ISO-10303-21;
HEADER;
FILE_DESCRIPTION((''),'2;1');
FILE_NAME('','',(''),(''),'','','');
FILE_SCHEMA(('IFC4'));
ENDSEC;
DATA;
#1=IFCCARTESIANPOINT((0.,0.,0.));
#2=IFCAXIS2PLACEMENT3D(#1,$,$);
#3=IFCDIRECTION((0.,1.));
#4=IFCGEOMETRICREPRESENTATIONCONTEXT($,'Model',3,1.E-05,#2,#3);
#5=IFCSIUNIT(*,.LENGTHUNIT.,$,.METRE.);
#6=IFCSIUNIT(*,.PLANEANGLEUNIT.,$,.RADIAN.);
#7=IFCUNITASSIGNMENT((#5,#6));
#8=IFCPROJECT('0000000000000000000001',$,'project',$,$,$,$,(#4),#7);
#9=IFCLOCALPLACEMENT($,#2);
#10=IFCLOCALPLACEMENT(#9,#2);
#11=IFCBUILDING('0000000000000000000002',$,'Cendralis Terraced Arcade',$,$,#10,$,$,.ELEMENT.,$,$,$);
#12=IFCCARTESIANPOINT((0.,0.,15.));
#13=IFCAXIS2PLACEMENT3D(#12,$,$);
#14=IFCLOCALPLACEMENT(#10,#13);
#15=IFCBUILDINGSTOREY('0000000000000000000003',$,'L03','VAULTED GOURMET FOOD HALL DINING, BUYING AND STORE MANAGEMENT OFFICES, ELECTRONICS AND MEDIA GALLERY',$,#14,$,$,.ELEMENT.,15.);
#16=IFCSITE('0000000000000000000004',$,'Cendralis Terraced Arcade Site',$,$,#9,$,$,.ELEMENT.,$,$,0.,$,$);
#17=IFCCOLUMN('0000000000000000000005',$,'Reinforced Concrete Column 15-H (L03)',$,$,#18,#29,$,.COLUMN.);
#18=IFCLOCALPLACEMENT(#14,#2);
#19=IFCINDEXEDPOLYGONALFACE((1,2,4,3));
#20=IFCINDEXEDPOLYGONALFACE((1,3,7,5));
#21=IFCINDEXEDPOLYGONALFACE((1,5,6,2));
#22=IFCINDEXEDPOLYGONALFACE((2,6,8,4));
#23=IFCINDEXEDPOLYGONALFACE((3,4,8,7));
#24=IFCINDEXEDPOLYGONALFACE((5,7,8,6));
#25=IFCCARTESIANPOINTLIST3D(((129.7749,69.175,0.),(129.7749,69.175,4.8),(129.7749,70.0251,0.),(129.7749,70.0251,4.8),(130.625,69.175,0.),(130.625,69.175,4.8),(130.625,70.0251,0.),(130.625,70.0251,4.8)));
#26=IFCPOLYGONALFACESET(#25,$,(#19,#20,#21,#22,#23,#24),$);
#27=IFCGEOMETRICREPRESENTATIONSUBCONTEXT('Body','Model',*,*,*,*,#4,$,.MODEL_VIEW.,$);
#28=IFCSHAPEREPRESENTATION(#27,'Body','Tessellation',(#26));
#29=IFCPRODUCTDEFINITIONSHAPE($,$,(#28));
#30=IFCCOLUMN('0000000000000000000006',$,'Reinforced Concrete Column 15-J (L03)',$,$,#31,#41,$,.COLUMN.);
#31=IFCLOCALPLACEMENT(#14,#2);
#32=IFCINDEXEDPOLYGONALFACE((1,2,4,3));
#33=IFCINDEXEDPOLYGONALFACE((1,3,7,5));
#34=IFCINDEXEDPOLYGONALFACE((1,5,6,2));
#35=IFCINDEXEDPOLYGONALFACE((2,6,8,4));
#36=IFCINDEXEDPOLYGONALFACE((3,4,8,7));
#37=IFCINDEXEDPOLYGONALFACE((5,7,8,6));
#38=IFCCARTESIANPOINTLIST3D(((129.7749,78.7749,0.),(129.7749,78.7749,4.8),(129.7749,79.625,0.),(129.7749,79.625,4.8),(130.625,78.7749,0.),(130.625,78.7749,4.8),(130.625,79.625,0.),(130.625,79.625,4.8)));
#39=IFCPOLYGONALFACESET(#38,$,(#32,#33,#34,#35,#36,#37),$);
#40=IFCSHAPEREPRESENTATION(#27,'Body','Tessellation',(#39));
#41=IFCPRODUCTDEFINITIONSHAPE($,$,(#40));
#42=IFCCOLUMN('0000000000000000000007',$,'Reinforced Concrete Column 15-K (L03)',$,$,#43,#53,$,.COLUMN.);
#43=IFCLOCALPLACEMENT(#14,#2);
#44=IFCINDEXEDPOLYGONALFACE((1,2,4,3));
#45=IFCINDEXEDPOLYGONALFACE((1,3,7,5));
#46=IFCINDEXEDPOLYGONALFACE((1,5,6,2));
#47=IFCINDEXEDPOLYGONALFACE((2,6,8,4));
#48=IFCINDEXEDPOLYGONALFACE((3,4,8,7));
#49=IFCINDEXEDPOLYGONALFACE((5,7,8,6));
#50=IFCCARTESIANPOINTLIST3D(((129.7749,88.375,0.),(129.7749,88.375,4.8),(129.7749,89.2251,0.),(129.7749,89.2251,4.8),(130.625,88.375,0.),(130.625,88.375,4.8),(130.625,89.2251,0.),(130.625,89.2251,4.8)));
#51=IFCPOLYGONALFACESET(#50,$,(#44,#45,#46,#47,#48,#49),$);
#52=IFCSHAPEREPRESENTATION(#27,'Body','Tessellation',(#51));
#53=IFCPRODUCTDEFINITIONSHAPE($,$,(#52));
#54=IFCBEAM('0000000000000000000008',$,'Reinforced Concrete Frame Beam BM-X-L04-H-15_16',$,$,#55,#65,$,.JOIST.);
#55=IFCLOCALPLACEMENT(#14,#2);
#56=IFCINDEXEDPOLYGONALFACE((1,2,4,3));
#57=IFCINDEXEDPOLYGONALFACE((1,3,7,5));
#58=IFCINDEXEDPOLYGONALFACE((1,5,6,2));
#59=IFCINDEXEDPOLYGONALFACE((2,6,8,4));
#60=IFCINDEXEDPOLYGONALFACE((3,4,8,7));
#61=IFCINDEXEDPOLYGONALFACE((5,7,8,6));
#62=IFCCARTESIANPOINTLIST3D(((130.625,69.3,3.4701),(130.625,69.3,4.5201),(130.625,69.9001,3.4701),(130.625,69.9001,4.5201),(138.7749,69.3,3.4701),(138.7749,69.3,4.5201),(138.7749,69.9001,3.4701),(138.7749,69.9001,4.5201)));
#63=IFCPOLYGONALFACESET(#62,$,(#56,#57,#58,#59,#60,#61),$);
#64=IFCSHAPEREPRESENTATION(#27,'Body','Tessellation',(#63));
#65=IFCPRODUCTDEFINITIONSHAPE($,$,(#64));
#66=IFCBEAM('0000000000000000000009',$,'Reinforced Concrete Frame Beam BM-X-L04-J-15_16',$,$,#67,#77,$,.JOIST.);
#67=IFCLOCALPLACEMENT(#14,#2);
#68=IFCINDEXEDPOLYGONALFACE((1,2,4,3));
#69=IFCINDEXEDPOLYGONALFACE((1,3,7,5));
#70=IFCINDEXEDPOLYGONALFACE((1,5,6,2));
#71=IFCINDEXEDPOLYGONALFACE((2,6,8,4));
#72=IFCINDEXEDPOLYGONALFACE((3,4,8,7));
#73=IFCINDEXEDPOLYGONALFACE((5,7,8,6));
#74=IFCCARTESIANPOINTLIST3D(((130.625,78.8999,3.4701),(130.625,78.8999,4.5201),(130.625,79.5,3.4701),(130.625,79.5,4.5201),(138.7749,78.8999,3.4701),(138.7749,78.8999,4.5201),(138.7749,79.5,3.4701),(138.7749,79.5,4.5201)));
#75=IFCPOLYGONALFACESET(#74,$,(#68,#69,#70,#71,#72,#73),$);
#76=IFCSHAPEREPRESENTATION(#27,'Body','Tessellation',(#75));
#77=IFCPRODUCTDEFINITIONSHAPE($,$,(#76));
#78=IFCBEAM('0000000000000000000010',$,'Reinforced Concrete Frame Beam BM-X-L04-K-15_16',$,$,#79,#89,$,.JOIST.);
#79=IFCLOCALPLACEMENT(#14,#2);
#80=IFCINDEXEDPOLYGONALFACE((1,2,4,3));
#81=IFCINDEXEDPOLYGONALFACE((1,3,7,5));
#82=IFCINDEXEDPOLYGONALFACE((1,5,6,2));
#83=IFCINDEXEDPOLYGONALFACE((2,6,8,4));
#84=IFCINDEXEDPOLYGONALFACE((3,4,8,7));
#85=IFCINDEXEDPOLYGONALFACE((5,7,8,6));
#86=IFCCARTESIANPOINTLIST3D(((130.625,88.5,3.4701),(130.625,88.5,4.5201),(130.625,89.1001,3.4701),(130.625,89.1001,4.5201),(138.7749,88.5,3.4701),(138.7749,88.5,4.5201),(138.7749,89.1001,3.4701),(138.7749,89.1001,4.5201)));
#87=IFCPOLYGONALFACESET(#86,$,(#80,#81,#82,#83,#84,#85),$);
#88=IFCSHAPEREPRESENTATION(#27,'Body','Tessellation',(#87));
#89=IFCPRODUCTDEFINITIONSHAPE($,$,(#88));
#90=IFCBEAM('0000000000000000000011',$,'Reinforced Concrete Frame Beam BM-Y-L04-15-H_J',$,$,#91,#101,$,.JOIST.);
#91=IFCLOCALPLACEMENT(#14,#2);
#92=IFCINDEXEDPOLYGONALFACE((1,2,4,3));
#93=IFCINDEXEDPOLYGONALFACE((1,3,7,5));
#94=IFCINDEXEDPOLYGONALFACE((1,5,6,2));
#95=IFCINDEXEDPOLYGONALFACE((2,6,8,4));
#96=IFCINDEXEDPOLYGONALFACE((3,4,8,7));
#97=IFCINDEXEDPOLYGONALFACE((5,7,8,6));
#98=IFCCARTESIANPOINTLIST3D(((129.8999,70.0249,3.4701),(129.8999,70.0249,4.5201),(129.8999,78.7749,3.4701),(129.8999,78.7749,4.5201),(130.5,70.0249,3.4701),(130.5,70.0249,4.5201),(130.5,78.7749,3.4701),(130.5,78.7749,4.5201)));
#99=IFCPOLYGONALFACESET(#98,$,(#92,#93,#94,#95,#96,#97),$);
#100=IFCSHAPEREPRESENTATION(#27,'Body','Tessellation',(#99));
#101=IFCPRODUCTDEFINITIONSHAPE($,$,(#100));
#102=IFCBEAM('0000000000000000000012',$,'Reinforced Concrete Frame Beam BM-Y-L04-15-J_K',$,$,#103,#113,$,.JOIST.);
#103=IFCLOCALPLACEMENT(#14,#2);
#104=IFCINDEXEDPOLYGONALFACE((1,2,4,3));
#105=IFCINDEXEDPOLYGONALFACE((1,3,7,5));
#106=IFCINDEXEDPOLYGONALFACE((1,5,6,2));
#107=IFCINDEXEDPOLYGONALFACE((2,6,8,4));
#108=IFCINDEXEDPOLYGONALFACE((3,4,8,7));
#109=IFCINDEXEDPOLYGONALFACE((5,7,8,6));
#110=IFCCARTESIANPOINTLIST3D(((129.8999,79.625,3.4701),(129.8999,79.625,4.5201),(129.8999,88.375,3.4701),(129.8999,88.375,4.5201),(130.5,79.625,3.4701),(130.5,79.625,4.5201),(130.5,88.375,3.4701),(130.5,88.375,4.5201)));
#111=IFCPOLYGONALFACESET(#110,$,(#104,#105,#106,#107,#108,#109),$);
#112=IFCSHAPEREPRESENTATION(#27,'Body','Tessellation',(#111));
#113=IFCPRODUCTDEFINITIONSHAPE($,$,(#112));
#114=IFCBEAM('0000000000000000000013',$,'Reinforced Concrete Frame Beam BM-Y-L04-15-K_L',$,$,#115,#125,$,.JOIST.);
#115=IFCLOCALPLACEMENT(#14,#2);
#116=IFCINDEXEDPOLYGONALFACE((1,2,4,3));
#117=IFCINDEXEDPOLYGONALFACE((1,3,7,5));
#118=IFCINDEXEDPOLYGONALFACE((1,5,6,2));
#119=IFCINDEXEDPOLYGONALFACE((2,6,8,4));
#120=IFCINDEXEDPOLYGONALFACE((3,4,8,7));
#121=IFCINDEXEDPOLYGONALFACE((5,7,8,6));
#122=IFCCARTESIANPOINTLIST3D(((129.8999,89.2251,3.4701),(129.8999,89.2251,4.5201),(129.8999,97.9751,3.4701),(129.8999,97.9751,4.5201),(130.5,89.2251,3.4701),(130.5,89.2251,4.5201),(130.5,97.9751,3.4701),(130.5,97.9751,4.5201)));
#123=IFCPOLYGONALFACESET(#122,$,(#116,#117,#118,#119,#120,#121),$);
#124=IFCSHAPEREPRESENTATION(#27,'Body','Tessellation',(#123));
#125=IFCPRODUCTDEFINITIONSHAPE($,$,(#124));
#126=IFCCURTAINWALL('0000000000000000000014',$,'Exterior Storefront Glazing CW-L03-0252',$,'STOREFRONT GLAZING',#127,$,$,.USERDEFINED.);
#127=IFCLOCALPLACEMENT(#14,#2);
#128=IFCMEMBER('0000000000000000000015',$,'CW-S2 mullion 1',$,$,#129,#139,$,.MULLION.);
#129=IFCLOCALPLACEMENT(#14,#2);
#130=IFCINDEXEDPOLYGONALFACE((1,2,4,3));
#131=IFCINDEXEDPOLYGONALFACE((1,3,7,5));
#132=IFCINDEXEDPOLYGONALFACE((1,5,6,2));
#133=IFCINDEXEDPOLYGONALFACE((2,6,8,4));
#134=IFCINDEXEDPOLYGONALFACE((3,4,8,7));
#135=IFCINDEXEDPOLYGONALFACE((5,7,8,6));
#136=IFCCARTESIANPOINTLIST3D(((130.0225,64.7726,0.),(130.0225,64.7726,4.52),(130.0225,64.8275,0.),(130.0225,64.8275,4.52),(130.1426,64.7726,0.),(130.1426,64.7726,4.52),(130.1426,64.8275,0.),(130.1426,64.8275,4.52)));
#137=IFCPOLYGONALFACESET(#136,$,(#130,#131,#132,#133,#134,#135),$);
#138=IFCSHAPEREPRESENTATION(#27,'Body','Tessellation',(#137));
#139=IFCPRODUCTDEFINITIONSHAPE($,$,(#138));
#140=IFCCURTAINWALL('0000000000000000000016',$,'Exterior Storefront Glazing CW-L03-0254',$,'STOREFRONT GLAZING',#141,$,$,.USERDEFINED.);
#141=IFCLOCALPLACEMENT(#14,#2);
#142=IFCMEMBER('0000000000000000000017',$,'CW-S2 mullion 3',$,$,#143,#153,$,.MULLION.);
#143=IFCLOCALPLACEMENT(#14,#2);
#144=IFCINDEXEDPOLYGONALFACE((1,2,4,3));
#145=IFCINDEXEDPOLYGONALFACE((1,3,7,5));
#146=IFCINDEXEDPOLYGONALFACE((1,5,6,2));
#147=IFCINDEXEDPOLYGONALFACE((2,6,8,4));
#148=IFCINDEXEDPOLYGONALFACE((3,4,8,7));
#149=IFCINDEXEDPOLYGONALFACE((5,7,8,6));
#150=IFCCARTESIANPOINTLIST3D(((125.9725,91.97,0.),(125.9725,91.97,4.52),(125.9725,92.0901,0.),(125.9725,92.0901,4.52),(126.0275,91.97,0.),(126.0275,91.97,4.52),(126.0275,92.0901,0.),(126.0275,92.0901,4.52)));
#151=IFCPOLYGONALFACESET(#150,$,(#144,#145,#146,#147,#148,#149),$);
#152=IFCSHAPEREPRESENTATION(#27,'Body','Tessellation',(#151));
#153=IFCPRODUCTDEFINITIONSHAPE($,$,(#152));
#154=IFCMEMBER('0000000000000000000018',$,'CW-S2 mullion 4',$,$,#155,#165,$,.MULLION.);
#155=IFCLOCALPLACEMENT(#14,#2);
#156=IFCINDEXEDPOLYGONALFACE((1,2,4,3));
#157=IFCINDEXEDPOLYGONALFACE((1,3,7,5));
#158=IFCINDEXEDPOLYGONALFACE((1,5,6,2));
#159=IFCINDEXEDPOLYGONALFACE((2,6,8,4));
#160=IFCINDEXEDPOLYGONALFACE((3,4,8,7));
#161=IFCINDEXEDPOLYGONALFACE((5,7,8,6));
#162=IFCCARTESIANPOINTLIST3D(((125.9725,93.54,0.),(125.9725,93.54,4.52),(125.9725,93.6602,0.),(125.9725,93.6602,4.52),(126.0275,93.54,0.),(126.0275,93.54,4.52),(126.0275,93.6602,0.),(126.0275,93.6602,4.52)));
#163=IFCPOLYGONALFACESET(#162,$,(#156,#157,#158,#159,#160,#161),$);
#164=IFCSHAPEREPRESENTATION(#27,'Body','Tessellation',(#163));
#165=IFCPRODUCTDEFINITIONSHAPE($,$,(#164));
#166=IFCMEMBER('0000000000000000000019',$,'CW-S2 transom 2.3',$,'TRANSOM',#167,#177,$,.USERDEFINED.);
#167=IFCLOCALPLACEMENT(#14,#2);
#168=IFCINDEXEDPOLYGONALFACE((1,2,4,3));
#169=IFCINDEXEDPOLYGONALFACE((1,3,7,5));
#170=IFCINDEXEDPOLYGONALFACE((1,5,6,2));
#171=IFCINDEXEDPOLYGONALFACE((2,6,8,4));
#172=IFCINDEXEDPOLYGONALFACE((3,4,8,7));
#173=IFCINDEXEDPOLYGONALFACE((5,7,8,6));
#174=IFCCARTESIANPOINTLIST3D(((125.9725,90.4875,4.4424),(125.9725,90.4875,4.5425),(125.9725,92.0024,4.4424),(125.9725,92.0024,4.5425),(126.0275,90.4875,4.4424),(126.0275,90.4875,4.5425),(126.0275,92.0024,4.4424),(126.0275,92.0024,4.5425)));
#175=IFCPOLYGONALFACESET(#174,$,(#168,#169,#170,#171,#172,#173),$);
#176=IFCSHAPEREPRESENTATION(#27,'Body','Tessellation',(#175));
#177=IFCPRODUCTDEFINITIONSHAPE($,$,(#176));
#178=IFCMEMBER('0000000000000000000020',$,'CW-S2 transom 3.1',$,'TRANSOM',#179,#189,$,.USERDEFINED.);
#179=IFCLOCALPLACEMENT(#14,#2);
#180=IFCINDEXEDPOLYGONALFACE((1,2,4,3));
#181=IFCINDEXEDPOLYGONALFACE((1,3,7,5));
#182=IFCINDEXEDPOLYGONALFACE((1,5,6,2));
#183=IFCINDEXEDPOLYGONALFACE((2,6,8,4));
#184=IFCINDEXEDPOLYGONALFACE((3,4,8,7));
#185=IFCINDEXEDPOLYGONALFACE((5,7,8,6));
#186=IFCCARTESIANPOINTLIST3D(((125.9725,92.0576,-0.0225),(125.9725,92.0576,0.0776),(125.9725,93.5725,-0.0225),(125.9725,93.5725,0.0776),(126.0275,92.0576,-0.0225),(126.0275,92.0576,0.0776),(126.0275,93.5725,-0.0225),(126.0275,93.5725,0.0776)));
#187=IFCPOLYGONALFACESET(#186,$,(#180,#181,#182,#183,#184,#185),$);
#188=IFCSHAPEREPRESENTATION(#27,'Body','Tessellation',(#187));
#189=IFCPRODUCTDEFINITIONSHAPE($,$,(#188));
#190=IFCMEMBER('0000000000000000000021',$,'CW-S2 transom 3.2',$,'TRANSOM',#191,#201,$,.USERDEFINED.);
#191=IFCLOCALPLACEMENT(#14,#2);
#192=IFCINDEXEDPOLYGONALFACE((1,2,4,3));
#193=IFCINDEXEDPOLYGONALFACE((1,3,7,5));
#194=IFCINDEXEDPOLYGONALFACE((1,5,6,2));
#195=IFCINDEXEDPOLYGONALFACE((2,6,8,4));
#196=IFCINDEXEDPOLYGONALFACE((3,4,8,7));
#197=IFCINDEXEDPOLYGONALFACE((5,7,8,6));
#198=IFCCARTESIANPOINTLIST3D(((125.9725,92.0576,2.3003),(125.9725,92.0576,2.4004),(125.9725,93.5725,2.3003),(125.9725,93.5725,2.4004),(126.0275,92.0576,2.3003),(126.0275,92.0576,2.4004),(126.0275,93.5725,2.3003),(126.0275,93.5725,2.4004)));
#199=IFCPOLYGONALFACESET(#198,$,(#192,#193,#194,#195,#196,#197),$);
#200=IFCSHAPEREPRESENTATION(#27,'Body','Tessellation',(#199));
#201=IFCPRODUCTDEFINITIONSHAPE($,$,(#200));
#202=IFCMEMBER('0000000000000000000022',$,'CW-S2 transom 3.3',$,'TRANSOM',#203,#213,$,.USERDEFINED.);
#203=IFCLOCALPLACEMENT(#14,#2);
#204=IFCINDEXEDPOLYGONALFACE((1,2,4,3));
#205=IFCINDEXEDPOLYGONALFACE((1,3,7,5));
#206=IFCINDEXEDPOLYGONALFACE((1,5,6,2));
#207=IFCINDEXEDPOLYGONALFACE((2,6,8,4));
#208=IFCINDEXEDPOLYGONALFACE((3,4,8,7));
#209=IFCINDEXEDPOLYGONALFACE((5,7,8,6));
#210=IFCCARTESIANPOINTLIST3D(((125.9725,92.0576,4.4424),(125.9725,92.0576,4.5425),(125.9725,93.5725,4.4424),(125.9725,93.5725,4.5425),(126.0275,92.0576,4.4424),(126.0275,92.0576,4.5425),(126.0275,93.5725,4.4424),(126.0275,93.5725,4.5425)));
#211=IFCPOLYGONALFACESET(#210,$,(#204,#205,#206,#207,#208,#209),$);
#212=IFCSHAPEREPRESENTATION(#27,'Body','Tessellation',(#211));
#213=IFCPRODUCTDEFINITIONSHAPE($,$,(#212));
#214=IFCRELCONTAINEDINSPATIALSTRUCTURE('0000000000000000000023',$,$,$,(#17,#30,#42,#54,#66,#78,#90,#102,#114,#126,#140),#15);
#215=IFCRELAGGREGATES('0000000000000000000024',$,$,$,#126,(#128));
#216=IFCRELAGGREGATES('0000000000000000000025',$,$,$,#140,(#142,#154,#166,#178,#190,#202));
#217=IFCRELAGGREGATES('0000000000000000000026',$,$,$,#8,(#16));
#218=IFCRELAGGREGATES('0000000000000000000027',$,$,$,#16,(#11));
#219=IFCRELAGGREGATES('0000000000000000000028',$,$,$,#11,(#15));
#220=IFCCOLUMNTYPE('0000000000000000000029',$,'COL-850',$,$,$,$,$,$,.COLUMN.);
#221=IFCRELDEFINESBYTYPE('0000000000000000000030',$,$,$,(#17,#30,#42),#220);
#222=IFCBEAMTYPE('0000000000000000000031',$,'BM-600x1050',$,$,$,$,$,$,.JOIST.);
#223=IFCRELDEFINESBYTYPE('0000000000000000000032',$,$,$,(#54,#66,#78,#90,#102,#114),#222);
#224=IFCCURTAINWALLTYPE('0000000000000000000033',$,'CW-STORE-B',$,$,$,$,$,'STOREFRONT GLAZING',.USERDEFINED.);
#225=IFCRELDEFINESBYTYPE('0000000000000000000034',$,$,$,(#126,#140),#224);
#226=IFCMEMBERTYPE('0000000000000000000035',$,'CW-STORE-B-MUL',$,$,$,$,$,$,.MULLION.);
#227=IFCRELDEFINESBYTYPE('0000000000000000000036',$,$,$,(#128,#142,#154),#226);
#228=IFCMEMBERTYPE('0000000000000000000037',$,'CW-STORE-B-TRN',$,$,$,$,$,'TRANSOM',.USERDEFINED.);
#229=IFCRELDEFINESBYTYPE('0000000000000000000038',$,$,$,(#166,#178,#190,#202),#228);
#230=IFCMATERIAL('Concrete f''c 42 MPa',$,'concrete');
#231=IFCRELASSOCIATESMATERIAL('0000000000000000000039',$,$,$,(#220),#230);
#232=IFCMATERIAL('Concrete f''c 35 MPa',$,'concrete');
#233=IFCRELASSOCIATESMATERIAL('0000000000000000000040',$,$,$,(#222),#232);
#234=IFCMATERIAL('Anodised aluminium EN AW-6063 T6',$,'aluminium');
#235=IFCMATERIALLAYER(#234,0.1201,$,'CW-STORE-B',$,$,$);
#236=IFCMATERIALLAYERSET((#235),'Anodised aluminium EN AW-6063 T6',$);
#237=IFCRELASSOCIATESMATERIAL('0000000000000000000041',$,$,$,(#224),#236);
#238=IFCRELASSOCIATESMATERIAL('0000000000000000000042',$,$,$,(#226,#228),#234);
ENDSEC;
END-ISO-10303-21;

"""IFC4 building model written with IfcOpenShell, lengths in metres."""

from ifc_helpers import new_model, si_unit, direction, frame, origin, origin_2d, place, context, subcontext, project, spatial, rectangle, extrude, material, layer, layer_set, material_profile, profile_set, type_object, element, aggregate, save


model = new_model("IFC4")

# Units and contexts
model_context = context("Model", 3, precision=1e-05, world=origin(), true_north=direction((0.0, 1.0)))
body_context = subcontext(model_context, "Body", "Model", "MODEL_VIEW")
ifc_project = project(units=[si_unit("LENGTHUNIT", "METRE"), si_unit("PLANEANGLEUNIT", "RADIAN")], contexts=[model_context])

# Site, building, storey
site_placement = place(None, origin())
site = spatial("IfcSite", under=ifc_project, at=site_placement, Name="Cendralis Terraced Arcade Site", CompositionType="ELEMENT", RefElevation=0.0)
building_placement = place(site_placement, origin())
building = spatial("IfcBuilding", under=site, at=building_placement, Name="Cendralis Terraced Arcade", CompositionType="ELEMENT")
storey_placement = place(building_placement, frame((0.0, 0.0, 15.0)))
storey = spatial("IfcBuildingStorey", under=building, at=storey_placement, Name="L03", Description="VAULTED GOURMET FOOD HALL DINING, BUYING AND STORE MANAGEMENT OFFICES, ELECTRONICS AND MEDIA GALLERY", CompositionType="ELEMENT", Elevation=15.0)

# Columns
ifc_material_1 = material(Name="Concrete f'c 42 MPa", Category="concrete")
ifc_material_profile_1 = material_profile(ifc_material_1, rectangle(XDim=0.8501, YDim=0.8501, at=origin_2d()), Name="RC-COL-850x850", Category="LoadBearing")
ifc_profile_set_1 = profile_set([ifc_material_profile_1], Name="Concrete f'c 42 MPa")
column_type = type_object("IfcColumnType", Name="COL-850", PredefinedType="COLUMN", material=ifc_profile_set_1)
for number, where, z_axis, x_axis, name in (
    (1, (130.2, 69.6001, 0.0), (0.0, 0.0, 1.0), (1.0, 0.0, 0.0), "Reinforced Concrete Column 15-H (L03)"),
    (2, (130.2, 79.2, 0.0), (0.0, 0.0, 1.0), (1.0, 0.0, 0.0), "Reinforced Concrete Column 15-J (L03)"),
    (3, (130.2, 88.8, 0.0), (0.0, 0.0, 1.0), (1.0, 0.0, 0.0), "Reinforced Concrete Column 15-K (L03)"),
):
    element("IfcColumn", number, at=place(storey_placement, frame(where, z_axis=z_axis, x_axis=x_axis)), inside=storey, type_object=column_type, Name=name, PredefinedType="COLUMN", context=body_context, shape_type="SweptSolid", body=[
        extrude(rectangle(XDim=0.8501, YDim=0.8501, at=origin_2d()), origin(), (0.0, 0.0, 1.0), 4.8),
    ])

# Beams
ifc_material_2 = material(Name="Concrete f'c 35 MPa", Category="concrete")
ifc_material_profile_2 = material_profile(ifc_material_2, rectangle(XDim=0.6001, YDim=1.05, at=origin_2d()), Name="RC-BM-600x1050", Category="LoadBearing")
ifc_profile_set_2 = profile_set([ifc_material_profile_2], Name="Concrete f'c 35 MPa")
beam_type = type_object("IfcBeamType", Name="BM-600x1050", PredefinedType="JOIST", material=ifc_profile_set_2)
for number, where, z_axis, x_axis, name in (
    (4, (130.625, 69.6001, 3.9951), (1.0, 0.0, 0.0), (0.0, 1.0, 0.0), "Reinforced Concrete Frame Beam BM-X-L04-H-15_16"),
    (5, (130.625, 79.2, 3.9951), (1.0, 0.0, 0.0), (0.0, 1.0, 0.0), "Reinforced Concrete Frame Beam BM-X-L04-J-15_16"),
    (6, (130.625, 88.8, 3.9951), (1.0, 0.0, 0.0), (0.0, 1.0, 0.0), "Reinforced Concrete Frame Beam BM-X-L04-K-15_16"),
):
    element("IfcBeam", number, at=place(storey_placement, frame(where, z_axis=z_axis, x_axis=x_axis)), inside=storey, type_object=beam_type, Name=name, PredefinedType="JOIST", context=body_context, shape_type="SweptSolid", body=[
        extrude(rectangle(XDim=0.6001, YDim=1.05, at=origin_2d()), origin(), (0.0, 0.0, 1.0), 8.1499),
    ])
for number, where, z_axis, x_axis, name in (
    (7, (130.2, 70.0249, 3.9951), (0.0, 1.0, 0.0), (-1.0, 0.0, 0.0), "Reinforced Concrete Frame Beam BM-Y-L04-15-H_J"),
    (8, (130.2, 79.625, 3.9951), (0.0, 1.0, 0.0), (-1.0, 0.0, 0.0), "Reinforced Concrete Frame Beam BM-Y-L04-15-J_K"),
    (9, (130.2, 89.2251, 3.9951), (0.0, 1.0, 0.0), (-1.0, 0.0, 0.0), "Reinforced Concrete Frame Beam BM-Y-L04-15-K_L"),
):
    element("IfcBeam", number, at=place(storey_placement, frame(where, z_axis=z_axis, x_axis=x_axis)), inside=storey, type_object=beam_type, Name=name, PredefinedType="JOIST", context=body_context, shape_type="SweptSolid", body=[
        extrude(rectangle(XDim=0.6001, YDim=1.05, at=origin_2d()), origin(), (0.0, 0.0, 1.0), 8.75),
    ])

# Curtain wall, member
ifc_material_3 = material(Name="Anodised aluminium EN AW-6063 T6", Category="aluminium")
ifc_layer_1 = layer(ifc_material_3, 0.1201, Name="CW-STORE-B")
ifc_layer_set_1 = layer_set([ifc_layer_1], Name="Anodised aluminium EN AW-6063 T6")
curtain_wall_type = type_object("IfcCurtainWallType", Name="CW-STORE-B", ElementType="STOREFRONT GLAZING", PredefinedType="USERDEFINED", material=ifc_layer_set_1)
curtain_wall_1_placement = place(storey_placement, origin())
curtain_wall_1 = element("IfcCurtainWall", 10, at=curtain_wall_1_placement, inside=storey, type_object=curtain_wall_type, Name="Exterior Storefront Glazing CW-L03-0252", ObjectType="STOREFRONT GLAZING", PredefinedType="USERDEFINED")
ifc_material_profile_3 = material_profile(ifc_material_3, rectangle(XDim=0.0549, YDim=0.1201, at=origin_2d()), Name="ALU-MUL-55x120")
ifc_profile_set_3 = profile_set([ifc_material_profile_3], Name="Anodised aluminium EN AW-6063 T6")
member_type_1 = type_object("IfcMemberType", Name="CW-STORE-B-MUL", PredefinedType="MULLION", material=ifc_profile_set_3)
member_1_placement = place(storey_placement, frame((130.0825, 64.8, 0.0), z_axis=(0.0, 0.0, 1.0), x_axis=(0.0, -1.0, 0.0)))
member_1 = element("IfcMember", 11, at=member_1_placement, type_object=member_type_1, Name="CW-S2 mullion 1", PredefinedType="MULLION", context=body_context, shape_type="SweptSolid", body=[
    extrude(rectangle(XDim=0.0549, YDim=0.1201, at=origin_2d()), origin(), (0.0, 0.0, 1.0), 4.52),
])
aggregate(curtain_wall_1, [member_1])

# Curtain wall, members
curtain_wall_2_placement = place(storey_placement, origin())
curtain_wall_2 = element("IfcCurtainWall", 12, at=curtain_wall_2_placement, inside=storey, type_object=curtain_wall_type, Name="Exterior Storefront Glazing CW-L03-0254", ObjectType="STOREFRONT GLAZING", PredefinedType="USERDEFINED")
member_2_placement = place(storey_placement, frame((126.0, 92.03, 0.0), z_axis=(0.0, 0.0, 1.0), x_axis=(-1.0, 0.0, 0.0)))
member_2 = element("IfcMember", 13, at=member_2_placement, type_object=member_type_1, Name="CW-S2 mullion 3", PredefinedType="MULLION", context=body_context, shape_type="SweptSolid", body=[
    extrude(rectangle(XDim=0.0549, YDim=0.1201, at=origin_2d()), origin(), (0.0, 0.0, 1.0), 4.52),
])
member_3_placement = place(storey_placement, frame((126.0, 93.6001, 0.0), z_axis=(0.0, 0.0, 1.0), x_axis=(-1.0, 0.0, 0.0)))
member_3 = element("IfcMember", 14, at=member_3_placement, type_object=member_type_1, Name="CW-S2 mullion 4", PredefinedType="MULLION", context=body_context, shape_type="SweptSolid", body=[
    extrude(rectangle(XDim=0.0549, YDim=0.1201, at=origin_2d()), origin(), (0.0, 0.0, 1.0), 4.52),
])
ifc_material_profile_4 = material_profile(ifc_material_3, rectangle(XDim=0.0549, YDim=0.1001, at=origin_2d()), Name="ALU-TRN-55x100")
ifc_profile_set_4 = profile_set([ifc_material_profile_4], Name="Anodised aluminium EN AW-6063 T6")
member_type_2 = type_object("IfcMemberType", Name="CW-STORE-B-TRN", ElementType="TRANSOM", PredefinedType="USERDEFINED", material=ifc_profile_set_4)
member_4_placement = place(storey_placement, frame((126.0, 90.4875, 4.4924), z_axis=(0.0, 1.0, 0.0), x_axis=(-1.0, 0.0, 0.0)))
member_4 = element("IfcMember", 15, at=member_4_placement, type_object=member_type_2, Name="CW-S2 transom 2.3", ObjectType="TRANSOM", PredefinedType="USERDEFINED", context=body_context, shape_type="SweptSolid", body=[
    extrude(rectangle(XDim=0.0549, YDim=0.1001, at=origin_2d()), origin(), (0.0, 0.0, 1.0), 1.5149),
])
member_5_placement = place(storey_placement, frame((126.0, 92.0576, 0.0276), z_axis=(0.0, 1.0, 0.0), x_axis=(-1.0, 0.0, 0.0)))
member_5 = element("IfcMember", 16, at=member_5_placement, type_object=member_type_2, Name="CW-S2 transom 3.1", ObjectType="TRANSOM", PredefinedType="USERDEFINED", context=body_context, shape_type="SweptSolid", body=[
    extrude(rectangle(XDim=0.0549, YDim=0.1001, at=origin_2d()), origin(), (0.0, 0.0, 1.0), 1.5149),
])
member_6_placement = place(storey_placement, frame((126.0, 92.0576, 2.3503), z_axis=(0.0, 1.0, 0.0), x_axis=(-1.0, 0.0, 0.0)))
member_6 = element("IfcMember", 17, at=member_6_placement, type_object=member_type_2, Name="CW-S2 transom 3.2", ObjectType="TRANSOM", PredefinedType="USERDEFINED", context=body_context, shape_type="SweptSolid", body=[
    extrude(rectangle(XDim=0.0549, YDim=0.1001, at=origin_2d()), origin(), (0.0, 0.0, 1.0), 1.5149),
])
member_7_placement = place(storey_placement, frame((126.0, 92.0576, 4.4924), z_axis=(0.0, 1.0, 0.0), x_axis=(-1.0, 0.0, 0.0)))
member_7 = element("IfcMember", 18, at=member_7_placement, type_object=member_type_2, Name="CW-S2 transom 3.3", ObjectType="TRANSOM", PredefinedType="USERDEFINED", context=body_context, shape_type="SweptSolid", body=[
    extrude(rectangle(XDim=0.0549, YDim=0.1001, at=origin_2d()), origin(), (0.0, 0.0, 1.0), 1.5149),
])
aggregate(curtain_wall_2, [member_2, member_3, member_4, member_5, member_6, member_7])

save(model, "model.ifc")
